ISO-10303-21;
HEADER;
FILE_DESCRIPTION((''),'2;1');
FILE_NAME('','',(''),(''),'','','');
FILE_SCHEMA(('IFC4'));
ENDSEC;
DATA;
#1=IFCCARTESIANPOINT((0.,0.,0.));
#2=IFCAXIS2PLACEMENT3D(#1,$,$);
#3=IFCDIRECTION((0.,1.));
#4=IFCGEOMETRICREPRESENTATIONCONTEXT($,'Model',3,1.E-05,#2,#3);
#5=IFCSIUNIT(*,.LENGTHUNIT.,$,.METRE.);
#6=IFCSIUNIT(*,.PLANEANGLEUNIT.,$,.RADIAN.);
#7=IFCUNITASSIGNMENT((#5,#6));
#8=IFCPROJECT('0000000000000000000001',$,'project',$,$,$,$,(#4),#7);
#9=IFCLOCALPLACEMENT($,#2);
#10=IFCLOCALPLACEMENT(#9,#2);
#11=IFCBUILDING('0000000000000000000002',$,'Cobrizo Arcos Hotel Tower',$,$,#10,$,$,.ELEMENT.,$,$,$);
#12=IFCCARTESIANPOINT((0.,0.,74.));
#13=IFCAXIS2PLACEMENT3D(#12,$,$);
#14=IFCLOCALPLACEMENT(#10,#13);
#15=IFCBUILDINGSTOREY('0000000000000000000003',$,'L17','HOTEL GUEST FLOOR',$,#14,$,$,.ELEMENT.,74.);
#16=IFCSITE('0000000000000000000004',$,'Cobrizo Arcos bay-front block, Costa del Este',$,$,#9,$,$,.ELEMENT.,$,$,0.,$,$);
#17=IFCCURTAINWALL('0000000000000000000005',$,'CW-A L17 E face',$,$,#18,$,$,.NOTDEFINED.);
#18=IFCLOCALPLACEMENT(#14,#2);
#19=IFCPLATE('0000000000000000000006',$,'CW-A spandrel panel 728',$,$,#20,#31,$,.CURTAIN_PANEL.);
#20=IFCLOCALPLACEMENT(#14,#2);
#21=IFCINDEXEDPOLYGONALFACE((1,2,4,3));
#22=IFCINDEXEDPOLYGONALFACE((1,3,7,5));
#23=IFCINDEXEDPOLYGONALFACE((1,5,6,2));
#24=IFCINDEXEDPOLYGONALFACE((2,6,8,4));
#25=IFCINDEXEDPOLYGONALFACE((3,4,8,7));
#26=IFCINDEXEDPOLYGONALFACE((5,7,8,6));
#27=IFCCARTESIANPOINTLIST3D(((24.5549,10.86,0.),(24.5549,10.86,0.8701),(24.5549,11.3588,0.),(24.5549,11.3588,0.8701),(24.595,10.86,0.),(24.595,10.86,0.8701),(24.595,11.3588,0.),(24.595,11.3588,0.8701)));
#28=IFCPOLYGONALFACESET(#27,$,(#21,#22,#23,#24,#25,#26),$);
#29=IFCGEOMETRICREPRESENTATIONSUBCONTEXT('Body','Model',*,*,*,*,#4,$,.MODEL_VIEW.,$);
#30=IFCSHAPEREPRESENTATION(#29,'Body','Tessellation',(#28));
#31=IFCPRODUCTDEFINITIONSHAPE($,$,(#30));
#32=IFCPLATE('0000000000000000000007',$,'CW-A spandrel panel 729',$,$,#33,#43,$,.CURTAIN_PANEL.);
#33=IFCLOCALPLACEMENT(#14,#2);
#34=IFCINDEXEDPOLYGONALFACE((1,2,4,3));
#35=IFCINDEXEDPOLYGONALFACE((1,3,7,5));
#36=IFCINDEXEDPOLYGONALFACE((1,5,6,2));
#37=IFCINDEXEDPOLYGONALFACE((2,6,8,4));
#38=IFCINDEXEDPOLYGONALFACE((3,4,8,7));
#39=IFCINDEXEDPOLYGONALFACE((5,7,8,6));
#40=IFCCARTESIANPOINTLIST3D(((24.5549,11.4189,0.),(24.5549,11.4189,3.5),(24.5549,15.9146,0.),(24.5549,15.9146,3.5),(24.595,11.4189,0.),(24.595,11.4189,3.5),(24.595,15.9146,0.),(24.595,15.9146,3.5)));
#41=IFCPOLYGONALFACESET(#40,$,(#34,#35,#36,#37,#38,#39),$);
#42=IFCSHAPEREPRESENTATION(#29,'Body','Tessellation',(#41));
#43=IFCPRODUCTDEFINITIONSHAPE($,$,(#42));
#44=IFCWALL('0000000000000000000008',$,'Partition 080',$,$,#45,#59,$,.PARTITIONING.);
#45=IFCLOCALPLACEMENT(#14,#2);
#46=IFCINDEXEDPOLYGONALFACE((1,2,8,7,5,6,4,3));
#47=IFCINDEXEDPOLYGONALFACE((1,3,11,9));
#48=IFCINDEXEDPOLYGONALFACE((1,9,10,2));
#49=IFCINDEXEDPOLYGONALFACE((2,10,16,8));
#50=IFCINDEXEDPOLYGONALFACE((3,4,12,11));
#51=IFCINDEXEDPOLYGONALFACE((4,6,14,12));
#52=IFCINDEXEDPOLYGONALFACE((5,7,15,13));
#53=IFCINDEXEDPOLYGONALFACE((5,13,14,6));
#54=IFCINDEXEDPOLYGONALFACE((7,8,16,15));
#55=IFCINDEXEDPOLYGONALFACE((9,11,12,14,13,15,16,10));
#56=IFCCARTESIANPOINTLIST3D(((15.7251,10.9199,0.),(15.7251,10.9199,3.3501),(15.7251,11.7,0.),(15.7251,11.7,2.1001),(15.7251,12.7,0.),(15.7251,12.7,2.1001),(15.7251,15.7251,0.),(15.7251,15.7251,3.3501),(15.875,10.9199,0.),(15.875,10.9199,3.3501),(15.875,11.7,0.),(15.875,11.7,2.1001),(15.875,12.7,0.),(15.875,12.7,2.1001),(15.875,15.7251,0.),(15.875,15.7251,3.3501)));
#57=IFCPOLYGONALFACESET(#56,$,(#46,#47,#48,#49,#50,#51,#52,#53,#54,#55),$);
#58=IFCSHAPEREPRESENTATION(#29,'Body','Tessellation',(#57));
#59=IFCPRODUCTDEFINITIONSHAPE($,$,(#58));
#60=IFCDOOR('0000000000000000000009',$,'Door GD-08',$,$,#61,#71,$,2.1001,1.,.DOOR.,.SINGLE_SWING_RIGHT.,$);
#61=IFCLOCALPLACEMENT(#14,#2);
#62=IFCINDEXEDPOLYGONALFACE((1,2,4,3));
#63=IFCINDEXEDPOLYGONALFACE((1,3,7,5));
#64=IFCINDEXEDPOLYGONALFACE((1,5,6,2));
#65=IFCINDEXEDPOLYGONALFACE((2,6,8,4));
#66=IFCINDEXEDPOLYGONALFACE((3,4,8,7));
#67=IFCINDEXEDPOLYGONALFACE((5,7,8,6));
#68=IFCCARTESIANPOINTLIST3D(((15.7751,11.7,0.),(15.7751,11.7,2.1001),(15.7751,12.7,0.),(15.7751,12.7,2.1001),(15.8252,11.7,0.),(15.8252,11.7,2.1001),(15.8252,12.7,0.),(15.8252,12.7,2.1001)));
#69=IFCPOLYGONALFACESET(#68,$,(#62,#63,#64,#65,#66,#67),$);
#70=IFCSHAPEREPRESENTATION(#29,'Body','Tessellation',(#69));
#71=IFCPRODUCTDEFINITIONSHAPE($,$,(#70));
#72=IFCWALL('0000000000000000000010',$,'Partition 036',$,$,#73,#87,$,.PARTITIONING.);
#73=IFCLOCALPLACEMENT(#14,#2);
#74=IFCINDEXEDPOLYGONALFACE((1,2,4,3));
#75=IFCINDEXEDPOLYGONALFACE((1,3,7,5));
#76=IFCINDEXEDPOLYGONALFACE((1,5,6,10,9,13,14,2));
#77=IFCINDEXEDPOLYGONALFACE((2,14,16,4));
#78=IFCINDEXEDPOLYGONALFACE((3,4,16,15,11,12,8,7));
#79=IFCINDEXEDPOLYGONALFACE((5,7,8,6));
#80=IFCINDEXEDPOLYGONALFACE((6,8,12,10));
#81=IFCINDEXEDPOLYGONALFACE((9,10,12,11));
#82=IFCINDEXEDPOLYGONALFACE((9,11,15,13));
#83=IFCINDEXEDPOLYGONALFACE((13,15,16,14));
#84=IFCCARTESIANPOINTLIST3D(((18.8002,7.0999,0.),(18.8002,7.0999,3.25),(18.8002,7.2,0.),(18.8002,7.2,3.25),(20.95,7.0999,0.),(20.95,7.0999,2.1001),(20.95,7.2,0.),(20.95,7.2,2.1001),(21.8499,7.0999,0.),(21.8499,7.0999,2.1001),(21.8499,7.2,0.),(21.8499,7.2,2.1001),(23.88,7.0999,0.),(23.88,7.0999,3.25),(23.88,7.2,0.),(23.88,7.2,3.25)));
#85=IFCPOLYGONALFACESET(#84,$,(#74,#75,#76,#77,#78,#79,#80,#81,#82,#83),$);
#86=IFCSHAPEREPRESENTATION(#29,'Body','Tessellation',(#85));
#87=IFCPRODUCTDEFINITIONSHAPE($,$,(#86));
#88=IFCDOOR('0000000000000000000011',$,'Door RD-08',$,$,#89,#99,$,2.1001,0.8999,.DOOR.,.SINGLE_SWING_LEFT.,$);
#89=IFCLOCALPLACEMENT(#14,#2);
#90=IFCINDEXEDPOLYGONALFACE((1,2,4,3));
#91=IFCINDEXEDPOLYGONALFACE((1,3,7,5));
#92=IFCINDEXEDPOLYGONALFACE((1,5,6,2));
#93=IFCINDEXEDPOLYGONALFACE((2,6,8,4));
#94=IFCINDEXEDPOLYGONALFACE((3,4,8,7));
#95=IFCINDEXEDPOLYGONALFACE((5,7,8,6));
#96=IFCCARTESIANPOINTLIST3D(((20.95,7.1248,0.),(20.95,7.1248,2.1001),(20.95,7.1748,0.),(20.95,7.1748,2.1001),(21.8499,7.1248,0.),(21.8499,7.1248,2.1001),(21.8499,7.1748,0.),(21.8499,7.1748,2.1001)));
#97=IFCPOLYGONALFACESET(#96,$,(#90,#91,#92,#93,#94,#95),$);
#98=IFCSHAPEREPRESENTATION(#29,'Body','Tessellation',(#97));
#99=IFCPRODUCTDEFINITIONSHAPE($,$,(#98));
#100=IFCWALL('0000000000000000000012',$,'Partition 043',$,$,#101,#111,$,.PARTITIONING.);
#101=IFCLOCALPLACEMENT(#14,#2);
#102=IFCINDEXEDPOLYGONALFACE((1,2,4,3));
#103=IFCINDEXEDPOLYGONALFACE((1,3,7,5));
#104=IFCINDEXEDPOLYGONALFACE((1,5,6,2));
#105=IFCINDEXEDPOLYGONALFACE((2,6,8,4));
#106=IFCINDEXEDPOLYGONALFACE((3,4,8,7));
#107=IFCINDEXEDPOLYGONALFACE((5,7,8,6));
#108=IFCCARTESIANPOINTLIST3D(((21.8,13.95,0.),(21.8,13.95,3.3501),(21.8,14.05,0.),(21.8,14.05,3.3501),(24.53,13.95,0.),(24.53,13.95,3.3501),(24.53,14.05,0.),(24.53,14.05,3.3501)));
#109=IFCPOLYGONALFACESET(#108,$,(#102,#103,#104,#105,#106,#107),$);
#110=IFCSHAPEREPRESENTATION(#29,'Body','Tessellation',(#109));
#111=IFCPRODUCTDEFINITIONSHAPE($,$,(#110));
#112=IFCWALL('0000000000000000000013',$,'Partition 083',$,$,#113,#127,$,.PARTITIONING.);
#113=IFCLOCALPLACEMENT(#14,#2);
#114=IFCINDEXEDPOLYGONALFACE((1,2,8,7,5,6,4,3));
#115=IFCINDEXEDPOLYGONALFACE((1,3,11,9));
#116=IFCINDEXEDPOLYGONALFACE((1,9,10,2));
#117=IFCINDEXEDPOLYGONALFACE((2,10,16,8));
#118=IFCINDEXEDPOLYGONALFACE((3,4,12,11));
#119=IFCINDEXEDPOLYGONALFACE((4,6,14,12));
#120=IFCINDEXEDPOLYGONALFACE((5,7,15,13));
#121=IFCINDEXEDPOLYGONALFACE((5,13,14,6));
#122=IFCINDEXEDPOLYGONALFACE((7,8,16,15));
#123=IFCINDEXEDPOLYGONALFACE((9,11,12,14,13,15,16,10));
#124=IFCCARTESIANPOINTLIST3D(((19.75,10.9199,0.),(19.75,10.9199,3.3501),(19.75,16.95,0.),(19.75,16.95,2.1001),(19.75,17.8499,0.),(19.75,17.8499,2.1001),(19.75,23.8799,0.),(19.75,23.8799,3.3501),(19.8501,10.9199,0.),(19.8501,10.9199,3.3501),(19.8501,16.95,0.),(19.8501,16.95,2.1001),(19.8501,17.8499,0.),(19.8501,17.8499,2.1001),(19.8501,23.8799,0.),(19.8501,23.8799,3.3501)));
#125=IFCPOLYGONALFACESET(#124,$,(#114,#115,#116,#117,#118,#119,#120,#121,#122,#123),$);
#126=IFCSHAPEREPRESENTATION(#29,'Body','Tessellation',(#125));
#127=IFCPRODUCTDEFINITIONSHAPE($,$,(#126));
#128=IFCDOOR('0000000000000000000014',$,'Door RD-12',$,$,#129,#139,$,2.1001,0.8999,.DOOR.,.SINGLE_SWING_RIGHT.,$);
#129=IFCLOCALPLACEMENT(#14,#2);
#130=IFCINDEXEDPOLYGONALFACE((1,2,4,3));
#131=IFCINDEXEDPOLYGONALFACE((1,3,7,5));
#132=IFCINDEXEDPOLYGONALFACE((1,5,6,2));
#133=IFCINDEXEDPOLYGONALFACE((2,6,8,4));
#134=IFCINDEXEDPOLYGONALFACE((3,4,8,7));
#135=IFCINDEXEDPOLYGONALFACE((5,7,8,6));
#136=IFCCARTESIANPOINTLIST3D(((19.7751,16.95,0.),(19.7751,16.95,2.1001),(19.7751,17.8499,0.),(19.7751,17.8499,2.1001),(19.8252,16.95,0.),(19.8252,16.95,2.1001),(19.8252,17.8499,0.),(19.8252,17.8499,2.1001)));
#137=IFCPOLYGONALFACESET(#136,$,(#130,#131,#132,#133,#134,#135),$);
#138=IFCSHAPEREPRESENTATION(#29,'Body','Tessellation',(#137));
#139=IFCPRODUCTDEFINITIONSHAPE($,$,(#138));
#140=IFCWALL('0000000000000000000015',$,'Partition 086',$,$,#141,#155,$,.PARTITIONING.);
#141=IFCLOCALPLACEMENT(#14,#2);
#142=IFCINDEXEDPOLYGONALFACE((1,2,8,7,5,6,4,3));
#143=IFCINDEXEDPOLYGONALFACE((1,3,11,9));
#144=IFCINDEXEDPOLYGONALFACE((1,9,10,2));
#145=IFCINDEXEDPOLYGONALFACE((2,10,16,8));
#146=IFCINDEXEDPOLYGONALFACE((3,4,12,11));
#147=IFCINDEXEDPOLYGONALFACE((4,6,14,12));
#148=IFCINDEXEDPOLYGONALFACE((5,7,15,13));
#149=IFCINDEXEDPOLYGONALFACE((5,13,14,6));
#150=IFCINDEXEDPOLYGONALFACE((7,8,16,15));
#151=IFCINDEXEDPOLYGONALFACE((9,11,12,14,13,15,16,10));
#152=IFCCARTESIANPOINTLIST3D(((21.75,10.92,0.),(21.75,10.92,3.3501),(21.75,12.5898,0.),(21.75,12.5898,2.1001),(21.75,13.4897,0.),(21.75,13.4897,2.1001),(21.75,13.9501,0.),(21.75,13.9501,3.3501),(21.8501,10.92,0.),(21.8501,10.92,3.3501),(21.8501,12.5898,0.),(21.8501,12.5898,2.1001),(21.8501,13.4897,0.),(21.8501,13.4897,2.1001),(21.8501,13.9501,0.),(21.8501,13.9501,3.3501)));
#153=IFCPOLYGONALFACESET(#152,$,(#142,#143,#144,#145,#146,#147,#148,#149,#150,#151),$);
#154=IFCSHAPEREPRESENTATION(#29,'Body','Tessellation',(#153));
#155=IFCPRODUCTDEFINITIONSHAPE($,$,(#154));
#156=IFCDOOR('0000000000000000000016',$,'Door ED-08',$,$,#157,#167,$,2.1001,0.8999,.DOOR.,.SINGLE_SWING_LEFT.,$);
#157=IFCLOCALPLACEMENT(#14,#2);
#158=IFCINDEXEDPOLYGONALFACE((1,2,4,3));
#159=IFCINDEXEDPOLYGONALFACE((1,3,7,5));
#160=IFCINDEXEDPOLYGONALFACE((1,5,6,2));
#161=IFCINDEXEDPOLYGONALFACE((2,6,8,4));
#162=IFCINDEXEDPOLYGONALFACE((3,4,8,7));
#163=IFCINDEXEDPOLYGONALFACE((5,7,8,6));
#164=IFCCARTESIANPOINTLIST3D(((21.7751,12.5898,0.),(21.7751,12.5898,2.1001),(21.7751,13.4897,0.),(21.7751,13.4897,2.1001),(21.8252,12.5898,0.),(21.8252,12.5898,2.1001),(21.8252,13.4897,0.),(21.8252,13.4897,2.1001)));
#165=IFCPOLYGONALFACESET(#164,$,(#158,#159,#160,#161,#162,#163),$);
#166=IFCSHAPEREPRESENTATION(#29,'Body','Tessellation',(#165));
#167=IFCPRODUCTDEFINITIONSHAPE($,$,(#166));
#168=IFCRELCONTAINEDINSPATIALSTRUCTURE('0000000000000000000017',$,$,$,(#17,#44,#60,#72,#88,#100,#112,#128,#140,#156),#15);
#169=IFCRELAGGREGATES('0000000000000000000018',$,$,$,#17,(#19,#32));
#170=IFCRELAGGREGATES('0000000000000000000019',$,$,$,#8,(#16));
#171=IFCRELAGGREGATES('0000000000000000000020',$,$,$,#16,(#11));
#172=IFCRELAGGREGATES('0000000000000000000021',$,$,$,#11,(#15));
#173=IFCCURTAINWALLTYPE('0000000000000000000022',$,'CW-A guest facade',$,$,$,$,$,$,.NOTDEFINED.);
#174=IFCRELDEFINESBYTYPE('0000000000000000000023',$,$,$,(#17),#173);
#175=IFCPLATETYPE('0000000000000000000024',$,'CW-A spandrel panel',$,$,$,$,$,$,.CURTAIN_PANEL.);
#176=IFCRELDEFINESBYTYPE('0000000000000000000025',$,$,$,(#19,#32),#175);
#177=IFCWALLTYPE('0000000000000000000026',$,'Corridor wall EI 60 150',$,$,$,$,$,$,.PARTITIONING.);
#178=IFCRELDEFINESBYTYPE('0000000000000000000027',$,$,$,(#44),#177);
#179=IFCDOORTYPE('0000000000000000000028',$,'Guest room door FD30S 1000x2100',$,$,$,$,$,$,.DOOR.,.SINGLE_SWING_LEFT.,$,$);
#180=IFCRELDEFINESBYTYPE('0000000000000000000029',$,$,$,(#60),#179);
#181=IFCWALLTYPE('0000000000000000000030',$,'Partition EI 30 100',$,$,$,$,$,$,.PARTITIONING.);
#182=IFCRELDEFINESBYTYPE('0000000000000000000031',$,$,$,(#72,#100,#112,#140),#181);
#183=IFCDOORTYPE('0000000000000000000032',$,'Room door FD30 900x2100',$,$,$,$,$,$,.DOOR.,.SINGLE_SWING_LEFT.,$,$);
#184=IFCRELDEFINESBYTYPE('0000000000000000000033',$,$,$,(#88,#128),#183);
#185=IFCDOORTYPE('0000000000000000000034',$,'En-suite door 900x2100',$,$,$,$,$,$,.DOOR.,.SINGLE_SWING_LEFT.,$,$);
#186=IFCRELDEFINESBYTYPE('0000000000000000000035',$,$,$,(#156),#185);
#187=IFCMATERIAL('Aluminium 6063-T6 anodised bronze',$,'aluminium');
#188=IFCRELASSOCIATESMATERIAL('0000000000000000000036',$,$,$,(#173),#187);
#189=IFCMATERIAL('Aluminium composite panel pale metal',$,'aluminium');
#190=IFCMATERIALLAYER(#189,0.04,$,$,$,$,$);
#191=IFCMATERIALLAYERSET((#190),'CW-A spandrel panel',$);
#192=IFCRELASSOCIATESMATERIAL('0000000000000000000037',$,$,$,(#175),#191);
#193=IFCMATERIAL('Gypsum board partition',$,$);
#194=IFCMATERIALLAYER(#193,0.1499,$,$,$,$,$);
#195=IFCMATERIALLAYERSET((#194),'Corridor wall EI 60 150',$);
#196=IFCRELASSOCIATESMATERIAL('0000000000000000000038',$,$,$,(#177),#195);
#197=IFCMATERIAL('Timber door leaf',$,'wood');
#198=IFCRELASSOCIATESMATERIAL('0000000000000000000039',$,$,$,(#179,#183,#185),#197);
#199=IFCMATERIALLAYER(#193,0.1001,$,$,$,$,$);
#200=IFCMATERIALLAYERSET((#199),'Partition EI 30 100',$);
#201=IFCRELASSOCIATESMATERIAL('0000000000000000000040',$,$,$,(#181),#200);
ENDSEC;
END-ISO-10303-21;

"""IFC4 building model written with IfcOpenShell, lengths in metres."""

from ifc_helpers import new_model, si_unit, direction, frame, frame_2d, origin, origin_2d, place, context, subcontext, project, spatial, rectangle, extrude, material, layer, layer_set, type_object, element, fill, aggregate, save


model = new_model("IFC4")

# Units and contexts
model_context = context("Model", 3, precision=1e-05, world=origin(), true_north=direction((0.0, 1.0)))
body_context = subcontext(model_context, "Body", "Model", "MODEL_VIEW")
ifc_project = project(units=[si_unit("LENGTHUNIT", "METRE"), si_unit("PLANEANGLEUNIT", "RADIAN")], contexts=[model_context])

# Site, building, storey
site_placement = place(None, origin())
site = spatial("IfcSite", under=ifc_project, at=site_placement, Name="Cobrizo Arcos bay-front block, Costa del Este", CompositionType="ELEMENT", RefElevation=0.0)
building_placement = place(site_placement, origin())
building = spatial("IfcBuilding", under=site, at=building_placement, Name="Cobrizo Arcos Hotel Tower", CompositionType="ELEMENT")
storey_placement = place(building_placement, frame((0.0, 0.0, 74.0)))
storey = spatial("IfcBuildingStorey", under=building, at=storey_placement, Name="L17", Description="HOTEL GUEST FLOOR", CompositionType="ELEMENT", Elevation=74.0)

# Curtain wall
ifc_material_1 = material(Name="Aluminium 6063-T6 anodised bronze", Category="aluminium")
curtain_wall_type = type_object("IfcCurtainWallType", Name="CW-A guest facade", PredefinedType="NOTDEFINED", material=ifc_material_1)
curtain_wall_placement = place(storey_placement, origin())
curtain_wall = element("IfcCurtainWall", 1, at=curtain_wall_placement, inside=storey, type_object=curtain_wall_type, Name="CW-A L17 E face", PredefinedType="NOTDEFINED")

# Plates
ifc_material_2 = material(Name="Aluminium composite panel pale metal", Category="aluminium")
ifc_layer_1 = layer(ifc_material_2, 0.04)
ifc_layer_set_1 = layer_set([ifc_layer_1], Name="CW-A spandrel panel")
plate_type_1 = type_object("IfcPlateType", Name="CW-A spandrel panel", PredefinedType="CURTAIN_PANEL", material=ifc_layer_set_1)
plate_1_placement = place(storey_placement, frame((24.575, 11.1094, 0.0), z_axis=(0.0, 0.0, 1.0), x_axis=(0.0, 1.0, 0.0)))
plate_1 = element("IfcPlate", 2, at=plate_1_placement, type_object=plate_type_1, Name="CW-A spandrel panel 728", PredefinedType="CURTAIN_PANEL", context=body_context, shape_type="SweptSolid", body=[
    extrude(rectangle(XDim=0.4988, YDim=0.04, at=origin_2d()), origin(), (0.0, 0.0, 1.0), 0.8701),
])
plate_2_placement = place(storey_placement, frame((24.575, 13.6667, 0.0), z_axis=(0.0, 0.0, 1.0), x_axis=(0.0, 1.0, 0.0)))
plate_2 = element("IfcPlate", 3, at=plate_2_placement, type_object=plate_type_1, Name="CW-A spandrel panel 729", PredefinedType="CURTAIN_PANEL", context=body_context, shape_type="SweptSolid", body=[
    extrude(rectangle(XDim=4.4956, YDim=0.04, at=origin_2d()), origin(), (0.0, 0.0, 1.0), 3.5),
])
aggregate(curtain_wall, [plate_1, plate_2])

# Walls, openings, doors
ifc_material_3 = material(Name="Gypsum board partition")
ifc_layer_2 = layer(ifc_material_3, 0.1499)
ifc_layer_set_2 = layer_set([ifc_layer_2], Name="Corridor wall EI 60 150")
wall_type_1 = type_object("IfcWallType", Name="Corridor wall EI 60 150", PredefinedType="PARTITIONING", material=ifc_layer_set_2)
wall_1_placement = place(storey_placement, frame((15.8, 10.9199, 0.0), z_axis=(0.0, 0.0, 1.0), x_axis=(0.0, 1.0, 0.0)))
wall_1 = element("IfcWall", 4, at=wall_1_placement, inside=storey, type_object=wall_type_1, Name="Partition 080", PredefinedType="PARTITIONING", context=body_context, shape_type="SweptSolid", body=[
    extrude(rectangle(XDim=4.8052, YDim=0.1499, at=frame_2d((2.4026, 0.0))), origin(), (0.0, 0.0, 1.0), 3.3501),
])
opening_1_placement = place(wall_1_placement, frame((0.78, 0.0, 0.0)))
opening_1 = element("IfcOpeningElement", 5, at=opening_1_placement, cuts=wall_1, PredefinedType="OPENING", context=body_context, shape_type="SweptSolid", body=[
    extrude(rectangle(XDim=1.0, YDim=2.1001, at=frame_2d((0.5, 1.05))), frame((0.0, 0.0869, 0.0), z_axis=(0.0, -1.0, 0.0), x_axis=(1.0, 0.0, 0.0)), (0.0, 0.0, 1.0), 0.1738),
])
ifc_material_4 = material(Name="Timber door leaf", Category="wood")
door_type_1 = type_object("IfcDoorType", Name="Guest room door FD30S 1000x2100", OperationType="SINGLE_SWING_LEFT", PredefinedType="DOOR", material=ifc_material_4)
door_1_placement = place(opening_1_placement, origin())
door_1 = element("IfcDoor", 6, at=door_1_placement, inside=storey, type_object=door_type_1, Name="Door GD-08", OperationType="SINGLE_SWING_RIGHT", OverallHeight=2.1001, OverallWidth=1.0, PredefinedType="DOOR", context=body_context, shape_type="SweptSolid", body=[
    extrude(rectangle(XDim=1.0, YDim=2.1001, at=frame_2d((0.5, 1.05))), frame((0.0, 0.0249, 0.0), z_axis=(0.0, -1.0, 0.0), x_axis=(1.0, 0.0, 0.0)), (0.0, 0.0, 1.0), 0.05),
])
fill(opening_1, door_1)
ifc_layer_3 = layer(ifc_material_3, 0.1001)
ifc_layer_set_3 = layer_set([ifc_layer_3], Name="Partition EI 30 100")
wall_type_2 = type_object("IfcWallType", Name="Partition EI 30 100", PredefinedType="PARTITIONING", material=ifc_layer_set_3)
wall_2_placement = place(storey_placement, frame((18.8, 7.1499, 0.0), z_axis=(0.0, 0.0, 1.0), x_axis=(1.0, 0.0, 0.0)))
wall_2 = element("IfcWall", 7, at=wall_2_placement, inside=storey, type_object=wall_type_2, Name="Partition 036", PredefinedType="PARTITIONING", context=body_context, shape_type="SweptSolid", body=[
    extrude(rectangle(XDim=5.0798, YDim=0.1001, at=frame_2d((2.54, 0.0))), origin(), (0.0, 0.0, 1.0), 3.25),
])
opening_2_placement = place(wall_2_placement, frame((2.1499, 0.0, 0.0)))
opening_2 = element("IfcOpeningElement", 8, at=opening_2_placement, cuts=wall_2, PredefinedType="OPENING", context=body_context, shape_type="SweptSolid", body=[
    extrude(rectangle(XDim=0.8999, YDim=2.1001, at=frame_2d((0.45, 1.05))), frame((0.0, 0.062, 0.0), z_axis=(0.0, -1.0, 0.0), x_axis=(1.0, 0.0, 0.0)), (0.0, 0.0, 1.0), 0.124),
])
door_type_2 = type_object("IfcDoorType", Name="Room door FD30 900x2100", OperationType="SINGLE_SWING_LEFT", PredefinedType="DOOR", material=ifc_material_4)
door_2_placement = place(opening_2_placement, origin())
door_2 = element("IfcDoor", 9, at=door_2_placement, inside=storey, type_object=door_type_2, Name="Door RD-08", OperationType="SINGLE_SWING_LEFT", OverallHeight=2.1001, OverallWidth=0.8999, PredefinedType="DOOR", context=body_context, shape_type="SweptSolid", body=[
    extrude(rectangle(XDim=0.8999, YDim=2.1001, at=frame_2d((0.45, 1.05))), frame((0.0, 0.0249, 0.0), z_axis=(0.0, -1.0, 0.0), x_axis=(1.0, 0.0, 0.0)), (0.0, 0.0, 1.0), 0.05),
])
fill(opening_2, door_2)

# Wall
wall_3_placement = place(storey_placement, frame((21.8, 14.0, 0.0), z_axis=(0.0, 0.0, 1.0), x_axis=(1.0, 0.0, 0.0)))
element("IfcWall", 10, at=wall_3_placement, inside=storey, type_object=wall_type_2, Name="Partition 043", PredefinedType="PARTITIONING", context=body_context, shape_type="SweptSolid", body=[
    extrude(rectangle(XDim=2.73, YDim=0.1001, at=frame_2d((1.365, 0.0))), origin(), (0.0, 0.0, 1.0), 3.3501),
])

# Walls, openings, doors
wall_4_placement = place(storey_placement, frame((19.8, 10.9199, 0.0), z_axis=(0.0, 0.0, 1.0), x_axis=(0.0, 1.0, 0.0)))
wall_4 = element("IfcWall", 11, at=wall_4_placement, inside=storey, type_object=wall_type_2, Name="Partition 083", PredefinedType="PARTITIONING", context=body_context, shape_type="SweptSolid", body=[
    extrude(rectangle(XDim=12.96, YDim=0.1001, at=frame_2d((6.48, 0.0))), origin(), (0.0, 0.0, 1.0), 3.3501),
])
opening_3_placement = place(wall_4_placement, frame((6.03, 0.0, 0.0)))
opening_3 = element("IfcOpeningElement", 12, at=opening_3_placement, cuts=wall_4, PredefinedType="OPENING", context=body_context, shape_type="SweptSolid", body=[
    extrude(rectangle(XDim=0.8999, YDim=2.1001, at=frame_2d((0.45, 1.05))), frame((0.0, 0.062, 0.0), z_axis=(0.0, -1.0, 0.0), x_axis=(1.0, 0.0, 0.0)), (0.0, 0.0, 1.0), 0.124),
])
door_3_placement = place(opening_3_placement, origin())
door_3 = element("IfcDoor", 13, at=door_3_placement, inside=storey, type_object=door_type_2, Name="Door RD-12", OperationType="SINGLE_SWING_RIGHT", OverallHeight=2.1001, OverallWidth=0.8999, PredefinedType="DOOR", context=body_context, shape_type="SweptSolid", body=[
    extrude(rectangle(XDim=0.8999, YDim=2.1001, at=frame_2d((0.45, 1.05))), frame((0.0, 0.0249, 0.0), z_axis=(0.0, -1.0, 0.0), x_axis=(1.0, 0.0, 0.0)), (0.0, 0.0, 1.0), 0.05),
])
fill(opening_3, door_3)
wall_5_placement = place(storey_placement, frame((21.8, 10.9199, 0.0), z_axis=(0.0, 0.0, 1.0), x_axis=(0.0, 1.0, 0.0)))
wall_5 = element("IfcWall", 14, at=wall_5_placement, inside=storey, type_object=wall_type_2, Name="Partition 086", PredefinedType="PARTITIONING", context=body_context, shape_type="SweptSolid", body=[
    extrude(rectangle(XDim=3.03, YDim=0.1001, at=frame_2d((1.5151, 0.0))), origin(), (0.0, 0.0, 1.0), 3.3501),
])
opening_4_placement = place(wall_5_placement, frame((1.6699, 0.0, 0.0)))
opening_4 = element("IfcOpeningElement", 15, at=opening_4_placement, cuts=wall_5, PredefinedType="OPENING", context=body_context, shape_type="SweptSolid", body=[
    extrude(rectangle(XDim=0.8999, YDim=2.1001, at=frame_2d((0.45, 1.05))), frame((0.0, 0.062, 0.0), z_axis=(0.0, -1.0, 0.0), x_axis=(1.0, 0.0, 0.0)), (0.0, 0.0, 1.0), 0.124),
])
door_type_3 = type_object("IfcDoorType", Name="En-suite door 900x2100", OperationType="SINGLE_SWING_LEFT", PredefinedType="DOOR", material=ifc_material_4)
door_4_placement = place(opening_4_placement, origin())
door_4 = element("IfcDoor", 16, at=door_4_placement, inside=storey, type_object=door_type_3, Name="Door ED-08", OperationType="SINGLE_SWING_LEFT", OverallHeight=2.1001, OverallWidth=0.8999, PredefinedType="DOOR", context=body_context, shape_type="SweptSolid", body=[
    extrude(rectangle(XDim=0.8999, YDim=2.1001, at=frame_2d((0.45, 1.05))), frame((0.0, 0.0249, 0.0), z_axis=(0.0, -1.0, 0.0), x_axis=(1.0, 0.0, 0.0)), (0.0, 0.0, 1.0), 0.05),
])
fill(opening_4, door_4)

save(model, "model.ifc")
